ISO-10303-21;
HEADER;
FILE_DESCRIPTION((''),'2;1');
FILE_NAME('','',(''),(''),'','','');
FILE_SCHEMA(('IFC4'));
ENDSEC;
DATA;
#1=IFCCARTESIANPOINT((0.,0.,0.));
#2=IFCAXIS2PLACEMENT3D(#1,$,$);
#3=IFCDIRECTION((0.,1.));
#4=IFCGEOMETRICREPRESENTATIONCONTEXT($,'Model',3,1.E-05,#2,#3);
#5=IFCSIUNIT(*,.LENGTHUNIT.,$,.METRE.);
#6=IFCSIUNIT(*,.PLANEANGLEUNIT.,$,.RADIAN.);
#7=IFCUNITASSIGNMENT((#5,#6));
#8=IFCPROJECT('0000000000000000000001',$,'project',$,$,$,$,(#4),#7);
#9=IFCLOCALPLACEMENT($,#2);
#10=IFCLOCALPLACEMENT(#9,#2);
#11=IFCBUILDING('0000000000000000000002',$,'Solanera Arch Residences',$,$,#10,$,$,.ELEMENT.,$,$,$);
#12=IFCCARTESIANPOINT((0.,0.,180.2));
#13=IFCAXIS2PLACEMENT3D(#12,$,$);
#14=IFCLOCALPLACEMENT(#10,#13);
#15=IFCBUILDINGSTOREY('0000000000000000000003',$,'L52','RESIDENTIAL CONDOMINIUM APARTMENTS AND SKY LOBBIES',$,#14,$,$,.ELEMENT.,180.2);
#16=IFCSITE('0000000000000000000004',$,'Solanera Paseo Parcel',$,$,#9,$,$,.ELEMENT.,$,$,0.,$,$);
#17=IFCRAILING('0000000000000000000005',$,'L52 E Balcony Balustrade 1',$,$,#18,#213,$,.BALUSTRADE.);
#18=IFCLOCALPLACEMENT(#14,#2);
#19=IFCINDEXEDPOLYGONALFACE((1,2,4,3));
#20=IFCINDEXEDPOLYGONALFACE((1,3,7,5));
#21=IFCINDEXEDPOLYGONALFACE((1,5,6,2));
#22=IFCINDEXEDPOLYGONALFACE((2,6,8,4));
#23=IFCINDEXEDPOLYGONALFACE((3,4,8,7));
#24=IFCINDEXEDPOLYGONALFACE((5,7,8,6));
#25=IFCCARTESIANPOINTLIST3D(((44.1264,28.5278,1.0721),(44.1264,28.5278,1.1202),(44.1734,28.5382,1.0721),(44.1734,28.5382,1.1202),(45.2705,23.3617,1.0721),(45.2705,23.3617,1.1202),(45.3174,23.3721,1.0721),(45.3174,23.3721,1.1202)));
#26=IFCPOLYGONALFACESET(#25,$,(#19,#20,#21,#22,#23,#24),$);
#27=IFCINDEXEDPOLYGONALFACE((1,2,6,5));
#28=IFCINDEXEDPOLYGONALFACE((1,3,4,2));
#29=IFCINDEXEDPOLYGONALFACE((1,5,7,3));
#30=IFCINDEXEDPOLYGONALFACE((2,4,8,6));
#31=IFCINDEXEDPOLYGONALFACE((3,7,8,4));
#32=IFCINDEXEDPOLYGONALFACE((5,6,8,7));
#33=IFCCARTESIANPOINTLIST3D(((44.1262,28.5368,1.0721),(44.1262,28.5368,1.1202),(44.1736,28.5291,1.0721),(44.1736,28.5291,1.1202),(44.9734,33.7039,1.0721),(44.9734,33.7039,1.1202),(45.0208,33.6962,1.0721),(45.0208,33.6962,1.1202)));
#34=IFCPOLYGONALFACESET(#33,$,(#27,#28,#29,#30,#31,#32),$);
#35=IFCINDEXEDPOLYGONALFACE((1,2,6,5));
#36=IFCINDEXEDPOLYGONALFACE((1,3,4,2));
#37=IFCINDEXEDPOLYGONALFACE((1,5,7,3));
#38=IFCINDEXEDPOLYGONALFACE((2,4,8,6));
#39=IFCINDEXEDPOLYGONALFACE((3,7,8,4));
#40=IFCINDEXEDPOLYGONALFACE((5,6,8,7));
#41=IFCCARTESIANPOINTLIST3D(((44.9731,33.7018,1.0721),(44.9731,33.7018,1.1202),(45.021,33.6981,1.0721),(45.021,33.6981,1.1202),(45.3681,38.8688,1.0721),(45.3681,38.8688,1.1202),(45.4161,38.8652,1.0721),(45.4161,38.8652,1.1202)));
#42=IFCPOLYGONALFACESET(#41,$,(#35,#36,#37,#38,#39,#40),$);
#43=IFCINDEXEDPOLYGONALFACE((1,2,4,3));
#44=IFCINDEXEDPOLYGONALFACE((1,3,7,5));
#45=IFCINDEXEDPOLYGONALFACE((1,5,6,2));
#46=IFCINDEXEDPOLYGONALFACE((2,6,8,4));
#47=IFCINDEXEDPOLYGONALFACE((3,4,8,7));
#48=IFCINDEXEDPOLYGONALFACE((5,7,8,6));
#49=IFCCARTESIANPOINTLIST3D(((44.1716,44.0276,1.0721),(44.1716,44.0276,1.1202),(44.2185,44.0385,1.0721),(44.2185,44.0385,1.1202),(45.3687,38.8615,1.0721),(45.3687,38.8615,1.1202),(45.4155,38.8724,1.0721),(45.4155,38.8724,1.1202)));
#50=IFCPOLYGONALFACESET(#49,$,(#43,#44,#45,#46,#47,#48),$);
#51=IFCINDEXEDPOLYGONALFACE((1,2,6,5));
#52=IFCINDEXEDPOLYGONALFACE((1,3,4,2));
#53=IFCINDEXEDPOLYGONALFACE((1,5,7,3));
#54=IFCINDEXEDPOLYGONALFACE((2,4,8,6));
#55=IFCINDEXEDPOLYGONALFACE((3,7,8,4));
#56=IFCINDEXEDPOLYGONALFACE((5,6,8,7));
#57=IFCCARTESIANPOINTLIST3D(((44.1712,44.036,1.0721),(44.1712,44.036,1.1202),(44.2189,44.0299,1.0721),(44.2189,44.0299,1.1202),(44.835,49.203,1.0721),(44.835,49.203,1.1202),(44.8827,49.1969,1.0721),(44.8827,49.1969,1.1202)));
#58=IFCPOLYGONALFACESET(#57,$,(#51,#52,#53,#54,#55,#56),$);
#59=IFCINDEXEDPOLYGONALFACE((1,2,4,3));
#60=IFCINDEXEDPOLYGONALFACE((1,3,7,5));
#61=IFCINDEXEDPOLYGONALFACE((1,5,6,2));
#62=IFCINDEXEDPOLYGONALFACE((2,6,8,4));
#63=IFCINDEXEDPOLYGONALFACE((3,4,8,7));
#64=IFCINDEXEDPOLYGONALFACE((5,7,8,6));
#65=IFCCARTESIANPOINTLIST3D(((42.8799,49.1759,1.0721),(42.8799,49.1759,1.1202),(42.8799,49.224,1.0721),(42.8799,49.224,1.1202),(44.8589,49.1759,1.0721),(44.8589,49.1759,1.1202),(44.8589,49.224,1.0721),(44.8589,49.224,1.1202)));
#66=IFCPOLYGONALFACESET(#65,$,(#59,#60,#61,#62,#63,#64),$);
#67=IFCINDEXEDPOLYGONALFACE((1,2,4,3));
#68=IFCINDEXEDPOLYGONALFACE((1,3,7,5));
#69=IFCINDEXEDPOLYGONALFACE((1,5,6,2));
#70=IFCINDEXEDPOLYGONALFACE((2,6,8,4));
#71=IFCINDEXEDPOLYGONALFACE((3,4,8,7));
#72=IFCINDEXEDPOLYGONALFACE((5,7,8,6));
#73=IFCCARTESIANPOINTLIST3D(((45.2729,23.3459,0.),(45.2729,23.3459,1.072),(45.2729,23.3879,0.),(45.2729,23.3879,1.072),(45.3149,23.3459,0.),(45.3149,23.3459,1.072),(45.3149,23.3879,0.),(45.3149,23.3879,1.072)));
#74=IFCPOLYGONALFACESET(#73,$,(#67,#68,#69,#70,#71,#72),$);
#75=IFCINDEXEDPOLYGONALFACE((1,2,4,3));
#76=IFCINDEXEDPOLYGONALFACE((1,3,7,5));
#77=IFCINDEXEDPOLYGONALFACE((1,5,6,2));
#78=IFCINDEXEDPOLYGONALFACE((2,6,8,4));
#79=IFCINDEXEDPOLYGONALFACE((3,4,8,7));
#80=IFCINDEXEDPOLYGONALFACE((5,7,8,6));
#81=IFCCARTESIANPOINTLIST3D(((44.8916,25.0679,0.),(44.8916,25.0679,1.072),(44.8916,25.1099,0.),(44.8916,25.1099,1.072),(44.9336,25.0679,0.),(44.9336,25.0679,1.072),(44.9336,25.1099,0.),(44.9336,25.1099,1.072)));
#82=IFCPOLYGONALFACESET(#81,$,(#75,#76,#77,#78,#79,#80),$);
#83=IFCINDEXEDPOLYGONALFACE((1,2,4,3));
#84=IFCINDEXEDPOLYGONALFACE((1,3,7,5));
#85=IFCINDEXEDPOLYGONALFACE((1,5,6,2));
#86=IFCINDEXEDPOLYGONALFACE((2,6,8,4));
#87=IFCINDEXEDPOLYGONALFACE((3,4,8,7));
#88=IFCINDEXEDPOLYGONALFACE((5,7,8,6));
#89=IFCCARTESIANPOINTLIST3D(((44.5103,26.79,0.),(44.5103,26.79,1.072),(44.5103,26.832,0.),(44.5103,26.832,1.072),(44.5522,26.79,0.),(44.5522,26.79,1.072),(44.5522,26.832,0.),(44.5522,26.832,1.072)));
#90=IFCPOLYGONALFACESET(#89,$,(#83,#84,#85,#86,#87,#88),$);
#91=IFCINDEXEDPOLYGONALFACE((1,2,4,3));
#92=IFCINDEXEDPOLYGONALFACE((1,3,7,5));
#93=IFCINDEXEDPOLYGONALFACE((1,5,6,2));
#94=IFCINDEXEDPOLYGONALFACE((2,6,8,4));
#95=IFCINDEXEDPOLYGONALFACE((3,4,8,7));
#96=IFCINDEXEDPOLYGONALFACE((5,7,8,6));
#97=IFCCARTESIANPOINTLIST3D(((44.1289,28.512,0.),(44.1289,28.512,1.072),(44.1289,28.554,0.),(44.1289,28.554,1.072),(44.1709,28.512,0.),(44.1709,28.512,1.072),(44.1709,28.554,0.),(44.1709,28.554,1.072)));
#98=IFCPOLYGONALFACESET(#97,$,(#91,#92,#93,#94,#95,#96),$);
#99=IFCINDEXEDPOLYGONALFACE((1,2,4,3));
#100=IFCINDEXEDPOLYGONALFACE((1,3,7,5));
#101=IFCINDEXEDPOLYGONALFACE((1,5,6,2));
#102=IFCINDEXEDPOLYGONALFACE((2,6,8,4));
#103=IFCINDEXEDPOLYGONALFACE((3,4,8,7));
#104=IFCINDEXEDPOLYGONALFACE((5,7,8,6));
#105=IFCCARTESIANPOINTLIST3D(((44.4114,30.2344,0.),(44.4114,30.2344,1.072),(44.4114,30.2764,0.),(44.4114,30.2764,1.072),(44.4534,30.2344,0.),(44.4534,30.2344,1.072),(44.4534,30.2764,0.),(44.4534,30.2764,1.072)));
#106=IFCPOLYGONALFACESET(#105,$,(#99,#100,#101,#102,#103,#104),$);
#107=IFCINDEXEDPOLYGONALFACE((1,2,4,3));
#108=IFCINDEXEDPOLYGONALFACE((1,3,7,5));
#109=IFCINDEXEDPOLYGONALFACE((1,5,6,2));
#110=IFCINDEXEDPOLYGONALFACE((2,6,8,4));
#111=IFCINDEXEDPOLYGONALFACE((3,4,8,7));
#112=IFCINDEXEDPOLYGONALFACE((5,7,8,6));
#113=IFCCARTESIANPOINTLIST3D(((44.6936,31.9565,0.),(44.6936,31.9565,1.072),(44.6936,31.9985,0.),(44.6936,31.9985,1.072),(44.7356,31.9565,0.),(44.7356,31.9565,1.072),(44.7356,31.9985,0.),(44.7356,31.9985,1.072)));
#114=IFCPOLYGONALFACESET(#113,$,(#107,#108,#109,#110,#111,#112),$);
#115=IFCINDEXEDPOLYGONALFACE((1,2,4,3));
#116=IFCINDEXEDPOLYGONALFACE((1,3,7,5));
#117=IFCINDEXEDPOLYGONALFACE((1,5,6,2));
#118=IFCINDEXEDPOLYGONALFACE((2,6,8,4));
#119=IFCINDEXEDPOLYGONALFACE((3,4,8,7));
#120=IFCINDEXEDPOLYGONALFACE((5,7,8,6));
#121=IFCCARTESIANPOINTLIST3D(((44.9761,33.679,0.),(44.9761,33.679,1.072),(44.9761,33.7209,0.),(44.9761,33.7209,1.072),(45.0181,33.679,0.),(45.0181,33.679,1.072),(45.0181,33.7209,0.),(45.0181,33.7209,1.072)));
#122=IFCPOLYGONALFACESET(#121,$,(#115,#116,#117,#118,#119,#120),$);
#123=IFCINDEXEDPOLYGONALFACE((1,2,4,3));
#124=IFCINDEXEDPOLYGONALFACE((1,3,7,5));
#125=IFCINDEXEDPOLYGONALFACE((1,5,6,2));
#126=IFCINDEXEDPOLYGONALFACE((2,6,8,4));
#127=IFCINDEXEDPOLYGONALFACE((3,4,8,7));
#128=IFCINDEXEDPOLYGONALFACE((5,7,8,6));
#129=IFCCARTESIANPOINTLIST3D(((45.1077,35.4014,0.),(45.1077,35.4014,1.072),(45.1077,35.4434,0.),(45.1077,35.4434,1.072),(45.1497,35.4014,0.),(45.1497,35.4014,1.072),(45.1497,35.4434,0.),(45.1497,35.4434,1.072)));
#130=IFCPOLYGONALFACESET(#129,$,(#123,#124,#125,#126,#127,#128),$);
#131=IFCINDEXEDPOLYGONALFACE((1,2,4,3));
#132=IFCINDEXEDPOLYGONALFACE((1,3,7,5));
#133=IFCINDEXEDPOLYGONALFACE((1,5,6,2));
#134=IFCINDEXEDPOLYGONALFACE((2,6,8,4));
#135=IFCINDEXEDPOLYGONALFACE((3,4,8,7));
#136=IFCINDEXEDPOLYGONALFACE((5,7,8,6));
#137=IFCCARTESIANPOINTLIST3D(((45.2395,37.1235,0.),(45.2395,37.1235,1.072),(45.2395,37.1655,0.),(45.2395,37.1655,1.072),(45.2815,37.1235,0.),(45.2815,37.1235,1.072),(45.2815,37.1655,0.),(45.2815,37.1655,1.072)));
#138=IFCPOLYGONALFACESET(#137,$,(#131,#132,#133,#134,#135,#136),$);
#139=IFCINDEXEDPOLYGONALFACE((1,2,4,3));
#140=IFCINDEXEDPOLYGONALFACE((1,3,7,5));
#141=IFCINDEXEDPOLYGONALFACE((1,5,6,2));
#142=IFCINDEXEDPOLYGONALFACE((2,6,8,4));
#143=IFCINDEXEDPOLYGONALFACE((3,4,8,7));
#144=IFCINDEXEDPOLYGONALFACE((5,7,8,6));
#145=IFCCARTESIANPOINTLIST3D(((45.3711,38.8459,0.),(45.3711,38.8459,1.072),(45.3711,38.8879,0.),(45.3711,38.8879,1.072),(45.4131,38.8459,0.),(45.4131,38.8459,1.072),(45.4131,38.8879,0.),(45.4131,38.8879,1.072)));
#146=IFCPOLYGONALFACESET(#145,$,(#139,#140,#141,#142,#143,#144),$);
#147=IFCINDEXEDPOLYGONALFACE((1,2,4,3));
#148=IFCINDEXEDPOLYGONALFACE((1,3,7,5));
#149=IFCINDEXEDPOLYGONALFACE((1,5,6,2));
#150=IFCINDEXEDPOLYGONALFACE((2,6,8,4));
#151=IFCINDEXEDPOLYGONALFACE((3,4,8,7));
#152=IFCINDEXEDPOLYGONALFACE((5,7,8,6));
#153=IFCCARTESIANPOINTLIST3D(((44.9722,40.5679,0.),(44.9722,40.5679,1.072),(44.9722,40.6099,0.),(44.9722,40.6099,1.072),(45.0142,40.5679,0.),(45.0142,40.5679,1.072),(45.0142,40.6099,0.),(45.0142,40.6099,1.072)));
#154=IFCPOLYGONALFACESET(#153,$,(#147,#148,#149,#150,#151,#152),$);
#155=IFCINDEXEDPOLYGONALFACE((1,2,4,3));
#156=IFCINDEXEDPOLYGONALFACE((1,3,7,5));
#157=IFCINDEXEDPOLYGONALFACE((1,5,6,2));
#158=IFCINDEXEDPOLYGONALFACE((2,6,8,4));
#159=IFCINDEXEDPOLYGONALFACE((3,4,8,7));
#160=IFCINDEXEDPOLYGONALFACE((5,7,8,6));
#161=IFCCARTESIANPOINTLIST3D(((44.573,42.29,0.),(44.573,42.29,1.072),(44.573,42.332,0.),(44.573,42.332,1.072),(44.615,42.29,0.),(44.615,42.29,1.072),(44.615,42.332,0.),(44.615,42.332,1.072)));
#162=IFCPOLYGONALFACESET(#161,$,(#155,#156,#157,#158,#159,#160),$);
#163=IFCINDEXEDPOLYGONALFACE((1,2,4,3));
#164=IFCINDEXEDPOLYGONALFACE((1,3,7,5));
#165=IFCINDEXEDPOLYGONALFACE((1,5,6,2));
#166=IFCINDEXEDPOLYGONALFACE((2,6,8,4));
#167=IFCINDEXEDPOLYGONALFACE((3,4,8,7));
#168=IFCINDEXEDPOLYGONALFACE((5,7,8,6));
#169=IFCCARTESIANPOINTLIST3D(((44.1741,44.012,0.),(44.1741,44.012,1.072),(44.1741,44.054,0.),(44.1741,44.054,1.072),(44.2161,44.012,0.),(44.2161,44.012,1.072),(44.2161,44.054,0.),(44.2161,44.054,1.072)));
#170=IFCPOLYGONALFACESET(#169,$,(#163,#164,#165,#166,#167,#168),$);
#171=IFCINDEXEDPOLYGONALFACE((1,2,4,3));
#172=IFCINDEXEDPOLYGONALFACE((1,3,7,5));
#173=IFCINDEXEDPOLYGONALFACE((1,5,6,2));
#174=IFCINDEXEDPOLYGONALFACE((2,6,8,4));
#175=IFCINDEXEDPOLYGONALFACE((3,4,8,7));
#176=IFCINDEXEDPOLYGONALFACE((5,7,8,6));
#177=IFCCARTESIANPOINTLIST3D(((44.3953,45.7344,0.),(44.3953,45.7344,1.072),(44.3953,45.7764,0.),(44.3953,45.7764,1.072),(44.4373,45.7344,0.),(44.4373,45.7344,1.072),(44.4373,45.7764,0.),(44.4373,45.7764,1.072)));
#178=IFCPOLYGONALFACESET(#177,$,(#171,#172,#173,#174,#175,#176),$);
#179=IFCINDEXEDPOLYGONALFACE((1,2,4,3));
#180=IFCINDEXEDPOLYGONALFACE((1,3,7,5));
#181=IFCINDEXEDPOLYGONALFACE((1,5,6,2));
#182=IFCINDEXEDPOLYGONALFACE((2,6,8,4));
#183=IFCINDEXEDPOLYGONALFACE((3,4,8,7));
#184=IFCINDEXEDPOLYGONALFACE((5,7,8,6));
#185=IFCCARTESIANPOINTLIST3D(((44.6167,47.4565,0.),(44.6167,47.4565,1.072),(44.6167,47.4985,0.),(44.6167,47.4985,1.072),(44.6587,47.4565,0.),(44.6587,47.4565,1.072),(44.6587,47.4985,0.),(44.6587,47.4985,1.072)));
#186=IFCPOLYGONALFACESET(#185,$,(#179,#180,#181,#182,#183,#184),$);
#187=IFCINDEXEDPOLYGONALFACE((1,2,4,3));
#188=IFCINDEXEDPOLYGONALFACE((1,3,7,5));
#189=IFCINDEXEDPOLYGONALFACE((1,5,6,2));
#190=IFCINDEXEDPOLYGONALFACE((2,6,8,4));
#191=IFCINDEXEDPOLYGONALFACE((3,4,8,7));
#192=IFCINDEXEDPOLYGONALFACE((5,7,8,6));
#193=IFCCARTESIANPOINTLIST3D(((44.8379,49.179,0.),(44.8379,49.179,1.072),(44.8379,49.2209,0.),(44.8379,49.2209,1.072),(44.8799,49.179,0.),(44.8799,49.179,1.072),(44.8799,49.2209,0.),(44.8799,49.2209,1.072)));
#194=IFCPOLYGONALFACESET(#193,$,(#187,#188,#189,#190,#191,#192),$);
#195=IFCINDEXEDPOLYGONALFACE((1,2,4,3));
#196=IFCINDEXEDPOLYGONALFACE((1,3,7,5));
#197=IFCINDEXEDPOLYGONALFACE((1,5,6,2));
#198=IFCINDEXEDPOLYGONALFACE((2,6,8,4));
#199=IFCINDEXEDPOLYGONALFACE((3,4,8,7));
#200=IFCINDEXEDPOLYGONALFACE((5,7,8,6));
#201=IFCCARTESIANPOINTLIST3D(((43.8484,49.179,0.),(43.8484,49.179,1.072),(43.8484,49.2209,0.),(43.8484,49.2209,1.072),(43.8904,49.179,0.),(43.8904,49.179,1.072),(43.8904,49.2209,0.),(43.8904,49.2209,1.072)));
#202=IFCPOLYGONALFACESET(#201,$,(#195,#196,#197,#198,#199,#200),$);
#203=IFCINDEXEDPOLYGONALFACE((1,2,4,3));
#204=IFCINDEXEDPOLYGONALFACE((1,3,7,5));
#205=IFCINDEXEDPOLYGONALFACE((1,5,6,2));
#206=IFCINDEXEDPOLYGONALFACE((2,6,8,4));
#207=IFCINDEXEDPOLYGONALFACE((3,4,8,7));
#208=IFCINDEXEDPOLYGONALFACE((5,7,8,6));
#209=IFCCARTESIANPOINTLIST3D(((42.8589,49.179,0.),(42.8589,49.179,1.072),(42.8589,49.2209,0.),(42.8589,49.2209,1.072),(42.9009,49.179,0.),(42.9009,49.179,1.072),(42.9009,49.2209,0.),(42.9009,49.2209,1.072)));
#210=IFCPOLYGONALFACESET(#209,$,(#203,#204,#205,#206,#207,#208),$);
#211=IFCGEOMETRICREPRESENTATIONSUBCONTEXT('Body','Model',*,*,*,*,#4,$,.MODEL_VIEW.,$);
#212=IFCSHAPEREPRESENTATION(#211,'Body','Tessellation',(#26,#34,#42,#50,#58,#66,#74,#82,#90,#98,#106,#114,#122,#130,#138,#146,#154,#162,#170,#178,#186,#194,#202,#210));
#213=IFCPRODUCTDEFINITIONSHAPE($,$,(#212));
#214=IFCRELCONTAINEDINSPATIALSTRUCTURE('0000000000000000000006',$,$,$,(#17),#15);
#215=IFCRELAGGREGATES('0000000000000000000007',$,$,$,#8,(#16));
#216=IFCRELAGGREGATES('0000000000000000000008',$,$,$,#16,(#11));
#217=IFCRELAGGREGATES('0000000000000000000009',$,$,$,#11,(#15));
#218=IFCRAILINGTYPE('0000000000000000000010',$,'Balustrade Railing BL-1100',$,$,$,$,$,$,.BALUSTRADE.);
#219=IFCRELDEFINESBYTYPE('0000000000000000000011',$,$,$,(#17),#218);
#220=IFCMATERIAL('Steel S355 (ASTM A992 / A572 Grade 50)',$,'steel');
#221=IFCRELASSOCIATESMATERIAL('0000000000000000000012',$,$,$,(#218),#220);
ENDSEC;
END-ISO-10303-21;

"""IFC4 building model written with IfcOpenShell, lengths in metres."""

from ifc_helpers import new_model, si_unit, direction, frame, origin, origin_2d, place, context, subcontext, project, spatial, rectangle, extrude, material, type_object, element, save


model = new_model("IFC4")

# Units and contexts
model_context = context("Model", 3, precision=1e-05, world=origin(), true_north=direction((0.0, 1.0)))
body_context = subcontext(model_context, "Body", "Model", "MODEL_VIEW")
ifc_project = project(units=[si_unit("LENGTHUNIT", "METRE"), si_unit("PLANEANGLEUNIT", "RADIAN")], contexts=[model_context])

# Site, building, storey
site_placement = place(None, origin())
site = spatial("IfcSite", under=ifc_project, at=site_placement, Name="Solanera Paseo Parcel", CompositionType="ELEMENT", RefElevation=0.0)
building_placement = place(site_placement, origin())
building = spatial("IfcBuilding", under=site, at=building_placement, Name="Solanera Arch Residences", CompositionType="ELEMENT")
storey_placement = place(building_placement, frame((0.0, 0.0, 180.2)))
storey = spatial("IfcBuildingStorey", under=building, at=storey_placement, Name="L52", Description="RESIDENTIAL CONDOMINIUM APARTMENTS AND SKY LOBBIES", CompositionType="ELEMENT", Elevation=180.2)

# Railing
ifc_material_1 = material(Name="Steel S355 (ASTM A992 / A572 Grade 50)", Category="steel")
railing_type = type_object("IfcRailingType", Name="Balustrade Railing BL-1100", PredefinedType="BALUSTRADE", material=ifc_material_1)
railing_1_placement = place(storey_placement, frame((45.2939, 23.3669, 0.0)))
element("IfcRailing", 1, at=railing_1_placement, inside=storey, type_object=railing_type, Name="L52 E Balcony Balustrade 1", PredefinedType="BALUSTRADE", context=body_context, shape_type="SweptSolid", body=[
    extrude(rectangle(XDim=0.0481, YDim=0.0481, at=origin_2d()), frame((0.0, 0.0, 1.0962), z_axis=(-0.216217, 0.976345, 0.0), x_axis=(-0.976345, -0.216217, 0.0)), (0.0, 0.0, 1.0), 5.2913),
    extrude(rectangle(XDim=0.0481, YDim=0.0481, at=origin_2d()), frame((-1.144, 5.166, 1.0962), z_axis=(0.161797, 0.986824, 0.0), x_axis=(-0.986824, 0.161797, 0.0)), (0.0, 0.0, 1.0), 5.2361),
    extrude(rectangle(XDim=0.0481, YDim=0.0481, at=origin_2d()), frame((-0.2969, 10.333, 1.0962), z_axis=(0.076228, 0.99709, 0.0), x_axis=(-0.99709, 0.076228, 0.0)), (0.0, 0.0, 1.0), 5.1821),
    extrude(rectangle(XDim=0.0481, YDim=0.0481, at=origin_2d()), frame((0.0981, 15.5, 1.0962), z_axis=(-0.22573, 0.97419, 0.0), x_axis=(-0.97419, -0.22573, 0.0)), (0.0, 0.0, 1.0), 5.303),
    extrude(rectangle(XDim=0.0481, YDim=0.0481, at=origin_2d()), frame((-1.0989, 20.666, 1.0962), z_axis=(0.127426, 0.991848, 0.0), x_axis=(-0.991848, 0.127426, 0.0)), (0.0, 0.0, 1.0), 5.2095),
    extrude(rectangle(XDim=0.0481, YDim=0.0481, at=origin_2d()), frame((-0.4351, 25.833, 1.0962), z_axis=(-1.0, 0.0, 0.0), x_axis=(0.0, -1.0, 0.0)), (0.0, 0.0, 1.0), 1.979),
    extrude(rectangle(XDim=0.042, YDim=0.042, at=origin_2d()), origin(), (0.0, 0.0, 1.0), 1.072),
    extrude(rectangle(XDim=0.042, YDim=0.042, at=origin_2d()), frame((-0.3813, 1.7219, 0.0)), (0.0, 0.0, 1.0), 1.072),
    extrude(rectangle(XDim=0.042, YDim=0.042, at=origin_2d()), frame((-0.7627, 3.4441, 0.0)), (0.0, 0.0, 1.0), 1.072),
    extrude(rectangle(XDim=0.042, YDim=0.042, at=origin_2d()), frame((-1.144, 5.166, 0.0)), (0.0, 0.0, 1.0), 1.072),
    extrude(rectangle(XDim=0.042, YDim=0.042, at=origin_2d()), frame((-0.8616, 6.8884, 0.0)), (0.0, 0.0, 1.0), 1.072),
    extrude(rectangle(XDim=0.042, YDim=0.042, at=origin_2d()), frame((-0.5793, 8.6106, 0.0)), (0.0, 0.0, 1.0), 1.072),
    extrude(rectangle(XDim=0.042, YDim=0.042, at=origin_2d()), frame((-0.2969, 10.333, 0.0)), (0.0, 0.0, 1.0), 1.072),
    extrude(rectangle(XDim=0.042, YDim=0.042, at=origin_2d()), frame((-0.1653, 12.0554, 0.0)), (0.0, 0.0, 1.0), 1.072),
    extrude(rectangle(XDim=0.042, YDim=0.042, at=origin_2d()), frame((-0.0334, 13.7776, 0.0)), (0.0, 0.0, 1.0), 1.072),
    extrude(rectangle(XDim=0.042, YDim=0.042, at=origin_2d()), frame((0.0981, 15.5, 0.0)), (0.0, 0.0, 1.0), 1.072),
    extrude(rectangle(XDim=0.042, YDim=0.042, at=origin_2d()), frame((-0.3008, 17.2219, 0.0)), (0.0, 0.0, 1.0), 1.072),
    extrude(rectangle(XDim=0.042, YDim=0.042, at=origin_2d()), frame((-0.7, 18.9441, 0.0)), (0.0, 0.0, 1.0), 1.072),
    extrude(rectangle(XDim=0.042, YDim=0.042, at=origin_2d()), frame((-1.0989, 20.666, 0.0)), (0.0, 0.0, 1.0), 1.072),
    extrude(rectangle(XDim=0.042, YDim=0.042, at=origin_2d()), frame((-0.8777, 22.3884, 0.0)), (0.0, 0.0, 1.0), 1.072),
    extrude(rectangle(XDim=0.042, YDim=0.042, at=origin_2d()), frame((-0.6562, 24.1106, 0.0)), (0.0, 0.0, 1.0), 1.072),
    extrude(rectangle(XDim=0.042, YDim=0.042, at=origin_2d()), frame((-0.4351, 25.833, 0.0)), (0.0, 0.0, 1.0), 1.072),
    extrude(rectangle(XDim=0.042, YDim=0.042, at=origin_2d()), frame((-1.4246, 25.833, 0.0)), (0.0, 0.0, 1.0), 1.072),
    extrude(rectangle(XDim=0.042, YDim=0.042, at=origin_2d()), frame((-2.4141, 25.833, 0.0)), (0.0, 0.0, 1.0), 1.072),
])

save(model, "model.ifc")
